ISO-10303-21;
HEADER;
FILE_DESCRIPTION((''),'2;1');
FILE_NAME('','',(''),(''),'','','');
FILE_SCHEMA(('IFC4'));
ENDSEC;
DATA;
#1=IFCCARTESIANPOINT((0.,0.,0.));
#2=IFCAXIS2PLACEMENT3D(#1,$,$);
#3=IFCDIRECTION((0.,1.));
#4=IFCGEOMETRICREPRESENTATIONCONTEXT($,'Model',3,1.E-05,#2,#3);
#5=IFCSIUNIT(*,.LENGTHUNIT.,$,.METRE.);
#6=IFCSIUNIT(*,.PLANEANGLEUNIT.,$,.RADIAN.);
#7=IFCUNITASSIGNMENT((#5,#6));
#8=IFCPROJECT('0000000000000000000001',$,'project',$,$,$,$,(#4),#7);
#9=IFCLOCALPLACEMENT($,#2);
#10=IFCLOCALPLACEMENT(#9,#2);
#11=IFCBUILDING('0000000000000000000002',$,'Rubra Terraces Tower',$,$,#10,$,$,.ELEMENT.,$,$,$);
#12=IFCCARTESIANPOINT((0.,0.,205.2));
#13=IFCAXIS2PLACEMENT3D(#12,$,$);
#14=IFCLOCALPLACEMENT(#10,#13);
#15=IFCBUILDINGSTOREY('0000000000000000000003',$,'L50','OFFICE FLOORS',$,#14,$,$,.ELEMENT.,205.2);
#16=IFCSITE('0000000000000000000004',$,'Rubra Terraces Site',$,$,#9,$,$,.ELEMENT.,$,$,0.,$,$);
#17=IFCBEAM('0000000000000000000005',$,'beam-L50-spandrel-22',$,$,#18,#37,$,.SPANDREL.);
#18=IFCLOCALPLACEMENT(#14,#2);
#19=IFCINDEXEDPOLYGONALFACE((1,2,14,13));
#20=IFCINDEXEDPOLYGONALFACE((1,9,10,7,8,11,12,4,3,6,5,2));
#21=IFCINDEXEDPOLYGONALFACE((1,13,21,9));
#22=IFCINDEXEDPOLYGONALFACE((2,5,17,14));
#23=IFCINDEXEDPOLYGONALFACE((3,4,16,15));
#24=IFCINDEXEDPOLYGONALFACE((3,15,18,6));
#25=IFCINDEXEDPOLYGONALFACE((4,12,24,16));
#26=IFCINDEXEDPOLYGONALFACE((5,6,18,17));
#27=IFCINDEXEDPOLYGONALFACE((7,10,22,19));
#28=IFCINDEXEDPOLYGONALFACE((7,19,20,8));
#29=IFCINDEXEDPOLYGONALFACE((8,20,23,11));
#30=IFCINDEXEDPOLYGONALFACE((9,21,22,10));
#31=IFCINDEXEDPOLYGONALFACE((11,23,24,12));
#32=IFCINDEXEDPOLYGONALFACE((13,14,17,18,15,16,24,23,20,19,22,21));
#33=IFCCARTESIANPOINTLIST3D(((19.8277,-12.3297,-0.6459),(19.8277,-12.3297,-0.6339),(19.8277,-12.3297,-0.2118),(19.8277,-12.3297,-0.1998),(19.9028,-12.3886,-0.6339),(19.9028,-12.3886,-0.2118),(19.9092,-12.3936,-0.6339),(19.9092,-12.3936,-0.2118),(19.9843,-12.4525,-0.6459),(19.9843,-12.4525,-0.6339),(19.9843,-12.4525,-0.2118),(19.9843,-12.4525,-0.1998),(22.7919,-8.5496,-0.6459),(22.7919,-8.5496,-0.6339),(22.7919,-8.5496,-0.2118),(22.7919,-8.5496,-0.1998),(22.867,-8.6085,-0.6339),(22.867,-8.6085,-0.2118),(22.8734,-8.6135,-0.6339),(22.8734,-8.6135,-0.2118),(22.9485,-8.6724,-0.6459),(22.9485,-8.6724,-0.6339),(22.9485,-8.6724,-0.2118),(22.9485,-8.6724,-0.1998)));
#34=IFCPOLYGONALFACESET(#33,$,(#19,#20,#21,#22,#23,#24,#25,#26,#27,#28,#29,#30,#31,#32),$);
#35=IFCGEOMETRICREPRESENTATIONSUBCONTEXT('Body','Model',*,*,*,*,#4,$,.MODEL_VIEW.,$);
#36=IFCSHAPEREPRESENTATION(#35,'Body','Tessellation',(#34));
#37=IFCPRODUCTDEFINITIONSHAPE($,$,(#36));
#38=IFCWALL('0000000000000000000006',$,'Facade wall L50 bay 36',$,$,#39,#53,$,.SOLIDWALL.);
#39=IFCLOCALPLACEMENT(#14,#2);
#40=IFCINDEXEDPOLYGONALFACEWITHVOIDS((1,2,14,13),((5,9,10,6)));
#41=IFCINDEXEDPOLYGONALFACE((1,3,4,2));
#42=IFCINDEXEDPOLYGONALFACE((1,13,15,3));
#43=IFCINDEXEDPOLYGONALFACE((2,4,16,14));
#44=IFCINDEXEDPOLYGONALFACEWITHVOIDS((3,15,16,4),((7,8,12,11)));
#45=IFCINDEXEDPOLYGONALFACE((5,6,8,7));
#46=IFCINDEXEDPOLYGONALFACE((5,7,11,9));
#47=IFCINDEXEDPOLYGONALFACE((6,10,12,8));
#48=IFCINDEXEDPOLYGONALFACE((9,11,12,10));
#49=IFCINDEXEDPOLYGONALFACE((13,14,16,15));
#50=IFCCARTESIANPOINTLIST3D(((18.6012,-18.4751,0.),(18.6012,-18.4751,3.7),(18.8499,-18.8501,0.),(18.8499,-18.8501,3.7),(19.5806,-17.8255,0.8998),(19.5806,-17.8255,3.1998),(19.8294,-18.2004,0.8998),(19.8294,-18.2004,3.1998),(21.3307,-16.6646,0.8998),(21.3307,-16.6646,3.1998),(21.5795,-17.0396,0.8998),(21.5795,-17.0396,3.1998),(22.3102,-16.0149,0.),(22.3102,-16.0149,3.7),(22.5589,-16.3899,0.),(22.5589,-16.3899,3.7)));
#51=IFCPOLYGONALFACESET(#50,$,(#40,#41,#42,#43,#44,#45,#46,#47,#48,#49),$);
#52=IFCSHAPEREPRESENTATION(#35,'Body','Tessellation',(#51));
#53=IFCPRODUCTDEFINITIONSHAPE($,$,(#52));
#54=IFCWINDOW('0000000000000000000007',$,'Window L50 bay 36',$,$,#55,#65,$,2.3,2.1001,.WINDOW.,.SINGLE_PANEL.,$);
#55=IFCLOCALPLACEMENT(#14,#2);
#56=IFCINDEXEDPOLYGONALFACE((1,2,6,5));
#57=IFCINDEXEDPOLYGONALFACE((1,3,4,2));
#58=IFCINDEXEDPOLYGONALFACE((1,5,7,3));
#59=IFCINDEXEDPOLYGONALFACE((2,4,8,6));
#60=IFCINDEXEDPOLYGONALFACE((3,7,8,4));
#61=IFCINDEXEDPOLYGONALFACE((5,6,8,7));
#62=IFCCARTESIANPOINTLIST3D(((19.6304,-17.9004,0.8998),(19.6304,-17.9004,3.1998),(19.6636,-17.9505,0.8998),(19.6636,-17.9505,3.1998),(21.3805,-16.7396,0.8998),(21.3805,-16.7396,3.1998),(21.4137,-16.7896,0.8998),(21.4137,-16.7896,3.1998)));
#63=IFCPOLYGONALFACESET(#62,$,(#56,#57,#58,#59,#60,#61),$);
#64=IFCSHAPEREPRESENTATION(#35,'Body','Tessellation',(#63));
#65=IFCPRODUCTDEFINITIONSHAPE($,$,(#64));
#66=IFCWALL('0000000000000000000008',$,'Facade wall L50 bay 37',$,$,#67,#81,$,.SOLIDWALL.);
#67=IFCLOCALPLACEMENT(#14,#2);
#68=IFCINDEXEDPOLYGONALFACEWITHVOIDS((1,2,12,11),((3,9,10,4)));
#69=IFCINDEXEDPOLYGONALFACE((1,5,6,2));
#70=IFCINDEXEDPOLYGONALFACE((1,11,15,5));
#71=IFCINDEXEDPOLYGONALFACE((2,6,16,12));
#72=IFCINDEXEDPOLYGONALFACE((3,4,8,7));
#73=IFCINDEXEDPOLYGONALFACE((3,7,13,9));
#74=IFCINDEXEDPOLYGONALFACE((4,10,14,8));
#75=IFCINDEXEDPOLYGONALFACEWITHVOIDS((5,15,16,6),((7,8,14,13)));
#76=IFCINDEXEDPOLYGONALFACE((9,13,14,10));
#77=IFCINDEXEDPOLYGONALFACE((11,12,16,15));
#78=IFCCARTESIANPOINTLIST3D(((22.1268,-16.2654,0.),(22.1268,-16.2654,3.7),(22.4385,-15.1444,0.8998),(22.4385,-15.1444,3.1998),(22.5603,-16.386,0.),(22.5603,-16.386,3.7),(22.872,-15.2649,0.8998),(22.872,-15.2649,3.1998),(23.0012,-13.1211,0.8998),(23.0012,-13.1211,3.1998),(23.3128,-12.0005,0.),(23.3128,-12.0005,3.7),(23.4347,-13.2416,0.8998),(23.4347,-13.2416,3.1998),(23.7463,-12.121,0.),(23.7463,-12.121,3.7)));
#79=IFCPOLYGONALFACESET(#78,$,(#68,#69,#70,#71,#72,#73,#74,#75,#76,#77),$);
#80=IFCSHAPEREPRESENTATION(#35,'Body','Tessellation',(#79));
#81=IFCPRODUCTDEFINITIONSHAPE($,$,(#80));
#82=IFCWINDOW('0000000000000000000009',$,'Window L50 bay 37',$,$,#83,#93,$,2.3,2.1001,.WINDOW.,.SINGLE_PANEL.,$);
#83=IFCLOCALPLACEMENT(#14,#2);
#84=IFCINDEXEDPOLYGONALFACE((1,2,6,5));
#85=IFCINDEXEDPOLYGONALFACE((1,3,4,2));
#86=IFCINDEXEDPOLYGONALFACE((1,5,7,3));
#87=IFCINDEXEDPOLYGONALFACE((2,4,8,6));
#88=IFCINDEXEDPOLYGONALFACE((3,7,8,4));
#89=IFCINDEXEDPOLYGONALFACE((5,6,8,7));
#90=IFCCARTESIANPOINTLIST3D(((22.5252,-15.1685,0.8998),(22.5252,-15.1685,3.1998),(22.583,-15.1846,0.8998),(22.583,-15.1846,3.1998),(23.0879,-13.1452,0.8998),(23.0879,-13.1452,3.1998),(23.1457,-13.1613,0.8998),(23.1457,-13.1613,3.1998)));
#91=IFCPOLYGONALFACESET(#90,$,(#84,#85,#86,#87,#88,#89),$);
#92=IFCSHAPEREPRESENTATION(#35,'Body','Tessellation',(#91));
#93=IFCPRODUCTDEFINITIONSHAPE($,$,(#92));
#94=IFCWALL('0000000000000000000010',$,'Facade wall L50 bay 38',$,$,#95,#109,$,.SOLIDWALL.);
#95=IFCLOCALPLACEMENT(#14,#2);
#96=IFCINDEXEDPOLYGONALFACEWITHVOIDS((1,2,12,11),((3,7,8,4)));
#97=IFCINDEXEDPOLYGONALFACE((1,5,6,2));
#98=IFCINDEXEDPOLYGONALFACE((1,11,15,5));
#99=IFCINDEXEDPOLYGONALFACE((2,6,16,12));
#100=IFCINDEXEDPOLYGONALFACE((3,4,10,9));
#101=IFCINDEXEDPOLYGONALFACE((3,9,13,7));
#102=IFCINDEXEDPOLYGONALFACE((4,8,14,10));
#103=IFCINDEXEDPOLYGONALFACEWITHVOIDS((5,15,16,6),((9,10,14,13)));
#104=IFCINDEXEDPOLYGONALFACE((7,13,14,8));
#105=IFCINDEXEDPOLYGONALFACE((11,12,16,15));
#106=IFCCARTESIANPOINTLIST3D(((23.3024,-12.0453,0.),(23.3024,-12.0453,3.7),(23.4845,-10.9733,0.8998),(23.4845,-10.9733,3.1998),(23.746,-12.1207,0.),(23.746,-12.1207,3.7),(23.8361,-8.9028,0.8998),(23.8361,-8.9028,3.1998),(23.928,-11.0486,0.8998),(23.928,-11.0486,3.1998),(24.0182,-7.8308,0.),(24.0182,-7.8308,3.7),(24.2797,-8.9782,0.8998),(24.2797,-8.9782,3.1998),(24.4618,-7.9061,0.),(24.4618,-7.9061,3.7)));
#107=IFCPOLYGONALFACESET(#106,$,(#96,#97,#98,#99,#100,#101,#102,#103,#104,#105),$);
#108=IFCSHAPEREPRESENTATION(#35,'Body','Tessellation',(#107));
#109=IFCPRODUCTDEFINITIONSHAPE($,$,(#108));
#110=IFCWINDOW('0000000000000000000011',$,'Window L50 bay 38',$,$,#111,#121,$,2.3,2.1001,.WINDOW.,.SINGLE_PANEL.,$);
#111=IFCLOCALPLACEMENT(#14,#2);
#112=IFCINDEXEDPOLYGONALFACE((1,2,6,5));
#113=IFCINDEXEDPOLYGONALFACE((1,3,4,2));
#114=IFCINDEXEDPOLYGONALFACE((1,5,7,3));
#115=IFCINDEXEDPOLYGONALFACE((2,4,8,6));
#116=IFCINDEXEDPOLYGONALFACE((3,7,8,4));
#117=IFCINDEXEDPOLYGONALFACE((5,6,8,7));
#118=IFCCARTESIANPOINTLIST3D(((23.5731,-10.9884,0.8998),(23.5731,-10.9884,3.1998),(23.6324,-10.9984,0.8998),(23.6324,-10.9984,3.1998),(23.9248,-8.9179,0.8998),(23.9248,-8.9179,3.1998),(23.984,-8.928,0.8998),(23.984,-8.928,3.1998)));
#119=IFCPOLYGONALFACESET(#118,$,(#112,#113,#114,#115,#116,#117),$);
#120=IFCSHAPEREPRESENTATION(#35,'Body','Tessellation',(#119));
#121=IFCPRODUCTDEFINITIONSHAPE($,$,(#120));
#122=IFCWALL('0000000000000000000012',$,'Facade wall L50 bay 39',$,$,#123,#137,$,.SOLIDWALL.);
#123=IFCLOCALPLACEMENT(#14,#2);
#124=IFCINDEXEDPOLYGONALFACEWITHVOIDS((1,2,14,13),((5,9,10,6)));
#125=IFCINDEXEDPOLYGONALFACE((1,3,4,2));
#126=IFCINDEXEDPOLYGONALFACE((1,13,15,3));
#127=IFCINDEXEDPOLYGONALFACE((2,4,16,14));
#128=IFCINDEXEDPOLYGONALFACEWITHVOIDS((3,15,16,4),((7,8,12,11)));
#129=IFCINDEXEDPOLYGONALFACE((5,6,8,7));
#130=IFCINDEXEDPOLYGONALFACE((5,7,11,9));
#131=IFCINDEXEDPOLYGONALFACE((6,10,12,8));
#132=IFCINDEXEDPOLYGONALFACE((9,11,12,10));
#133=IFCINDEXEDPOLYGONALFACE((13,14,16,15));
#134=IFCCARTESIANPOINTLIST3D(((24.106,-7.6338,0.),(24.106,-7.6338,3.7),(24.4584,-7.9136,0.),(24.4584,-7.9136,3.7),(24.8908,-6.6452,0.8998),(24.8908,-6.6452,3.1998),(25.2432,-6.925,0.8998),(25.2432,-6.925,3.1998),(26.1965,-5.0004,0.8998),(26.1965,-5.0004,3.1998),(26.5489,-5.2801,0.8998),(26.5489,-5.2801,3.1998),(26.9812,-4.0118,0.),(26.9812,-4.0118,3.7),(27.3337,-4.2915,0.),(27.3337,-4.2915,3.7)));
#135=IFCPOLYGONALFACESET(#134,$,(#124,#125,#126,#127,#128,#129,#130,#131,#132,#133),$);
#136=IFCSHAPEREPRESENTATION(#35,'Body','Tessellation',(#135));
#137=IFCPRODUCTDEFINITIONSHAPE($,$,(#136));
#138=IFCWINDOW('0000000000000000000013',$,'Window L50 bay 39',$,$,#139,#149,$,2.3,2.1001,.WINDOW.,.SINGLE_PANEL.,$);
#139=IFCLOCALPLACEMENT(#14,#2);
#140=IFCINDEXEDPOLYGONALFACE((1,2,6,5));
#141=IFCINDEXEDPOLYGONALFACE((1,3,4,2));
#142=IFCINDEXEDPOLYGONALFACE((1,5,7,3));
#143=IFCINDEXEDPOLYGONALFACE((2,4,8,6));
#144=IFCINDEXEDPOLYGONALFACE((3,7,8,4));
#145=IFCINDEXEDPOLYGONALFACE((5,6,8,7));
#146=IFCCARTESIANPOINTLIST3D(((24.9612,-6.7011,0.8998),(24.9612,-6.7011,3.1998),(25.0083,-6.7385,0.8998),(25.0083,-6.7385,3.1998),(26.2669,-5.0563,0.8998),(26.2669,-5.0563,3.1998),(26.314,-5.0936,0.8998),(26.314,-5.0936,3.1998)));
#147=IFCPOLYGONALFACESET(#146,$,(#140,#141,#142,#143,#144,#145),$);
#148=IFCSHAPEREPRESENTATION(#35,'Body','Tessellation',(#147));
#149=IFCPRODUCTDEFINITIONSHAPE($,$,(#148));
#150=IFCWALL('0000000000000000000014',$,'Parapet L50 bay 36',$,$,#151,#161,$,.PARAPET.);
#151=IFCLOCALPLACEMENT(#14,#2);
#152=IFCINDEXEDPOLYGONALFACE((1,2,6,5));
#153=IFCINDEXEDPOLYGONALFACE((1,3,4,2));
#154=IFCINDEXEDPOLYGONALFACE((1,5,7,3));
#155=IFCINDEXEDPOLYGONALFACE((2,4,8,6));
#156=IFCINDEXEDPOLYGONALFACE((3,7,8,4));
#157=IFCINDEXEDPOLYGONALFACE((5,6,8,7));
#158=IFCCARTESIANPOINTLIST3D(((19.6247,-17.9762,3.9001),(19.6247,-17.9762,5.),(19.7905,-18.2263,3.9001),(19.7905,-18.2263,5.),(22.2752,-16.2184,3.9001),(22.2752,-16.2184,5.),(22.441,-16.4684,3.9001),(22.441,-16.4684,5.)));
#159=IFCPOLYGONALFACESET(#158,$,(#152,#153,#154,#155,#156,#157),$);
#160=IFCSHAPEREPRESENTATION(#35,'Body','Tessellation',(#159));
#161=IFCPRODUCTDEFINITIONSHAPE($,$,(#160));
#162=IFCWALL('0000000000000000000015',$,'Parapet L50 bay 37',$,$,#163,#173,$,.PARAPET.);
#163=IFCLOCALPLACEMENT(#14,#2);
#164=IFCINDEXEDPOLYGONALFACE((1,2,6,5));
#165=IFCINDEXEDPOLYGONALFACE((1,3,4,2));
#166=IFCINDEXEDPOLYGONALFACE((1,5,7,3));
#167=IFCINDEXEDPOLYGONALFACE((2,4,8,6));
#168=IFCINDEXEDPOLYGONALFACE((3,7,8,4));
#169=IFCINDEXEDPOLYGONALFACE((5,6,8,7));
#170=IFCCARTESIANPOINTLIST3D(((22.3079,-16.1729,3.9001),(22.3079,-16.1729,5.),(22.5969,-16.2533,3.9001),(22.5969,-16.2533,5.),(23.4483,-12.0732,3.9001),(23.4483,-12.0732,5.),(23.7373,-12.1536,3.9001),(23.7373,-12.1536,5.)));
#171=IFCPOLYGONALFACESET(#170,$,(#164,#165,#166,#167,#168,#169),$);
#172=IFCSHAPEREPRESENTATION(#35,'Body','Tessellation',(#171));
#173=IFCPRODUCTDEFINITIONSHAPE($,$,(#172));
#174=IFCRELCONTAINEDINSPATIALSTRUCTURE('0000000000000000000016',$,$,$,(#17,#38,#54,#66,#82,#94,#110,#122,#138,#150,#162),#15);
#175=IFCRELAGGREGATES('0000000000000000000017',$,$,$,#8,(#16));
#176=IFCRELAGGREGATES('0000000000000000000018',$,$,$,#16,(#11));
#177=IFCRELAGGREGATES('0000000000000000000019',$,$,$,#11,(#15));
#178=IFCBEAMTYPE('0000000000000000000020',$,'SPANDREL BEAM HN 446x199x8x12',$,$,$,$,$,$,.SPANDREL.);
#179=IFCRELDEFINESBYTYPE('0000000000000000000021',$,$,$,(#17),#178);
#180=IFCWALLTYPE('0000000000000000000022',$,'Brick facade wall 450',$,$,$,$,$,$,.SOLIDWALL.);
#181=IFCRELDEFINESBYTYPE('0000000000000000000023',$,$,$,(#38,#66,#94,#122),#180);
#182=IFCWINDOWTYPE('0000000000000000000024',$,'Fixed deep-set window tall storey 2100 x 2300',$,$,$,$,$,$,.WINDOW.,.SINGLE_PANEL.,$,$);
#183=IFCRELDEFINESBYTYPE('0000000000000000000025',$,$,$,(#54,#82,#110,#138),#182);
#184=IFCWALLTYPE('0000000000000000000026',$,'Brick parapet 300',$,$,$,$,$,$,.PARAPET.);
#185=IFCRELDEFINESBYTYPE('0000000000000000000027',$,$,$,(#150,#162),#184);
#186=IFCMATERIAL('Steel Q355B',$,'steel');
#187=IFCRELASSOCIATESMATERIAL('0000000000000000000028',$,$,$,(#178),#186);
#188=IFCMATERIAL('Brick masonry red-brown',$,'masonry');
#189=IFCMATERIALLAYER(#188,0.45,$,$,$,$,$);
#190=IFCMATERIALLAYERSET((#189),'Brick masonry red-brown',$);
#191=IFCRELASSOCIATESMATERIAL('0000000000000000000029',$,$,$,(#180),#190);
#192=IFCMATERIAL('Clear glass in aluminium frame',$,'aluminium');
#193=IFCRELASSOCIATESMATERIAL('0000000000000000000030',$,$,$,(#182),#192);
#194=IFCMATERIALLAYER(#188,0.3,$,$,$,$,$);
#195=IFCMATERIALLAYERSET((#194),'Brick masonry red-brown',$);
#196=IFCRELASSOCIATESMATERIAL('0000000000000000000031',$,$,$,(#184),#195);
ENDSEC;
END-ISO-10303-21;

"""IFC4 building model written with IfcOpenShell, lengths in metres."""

from ifc_helpers import new_model, si_unit, direction, frame, frame_2d, origin, origin_2d, place, context, subcontext, project, spatial, rectangle, i_section, extrude, material, layer, layer_set, material_profile, profile_set, type_object, element, fill, save


model = new_model("IFC4")

# Units and contexts
model_context = context("Model", 3, precision=1e-05, world=origin(), true_north=direction((0.0, 1.0)))
body_context = subcontext(model_context, "Body", "Model", "MODEL_VIEW")
ifc_project = project(units=[si_unit("LENGTHUNIT", "METRE"), si_unit("PLANEANGLEUNIT", "RADIAN")], contexts=[model_context])

# Site, building, storey
site_placement = place(None, origin())
site = spatial("IfcSite", under=ifc_project, at=site_placement, Name="Rubra Terraces Site", CompositionType="ELEMENT", RefElevation=0.0)
building_placement = place(site_placement, origin())
building = spatial("IfcBuilding", under=site, at=building_placement, Name="Rubra Terraces Tower", CompositionType="ELEMENT")
storey_placement = place(building_placement, frame((0.0, 0.0, 205.2)))
storey = spatial("IfcBuildingStorey", under=building, at=storey_placement, Name="L50", Description="OFFICE FLOORS", CompositionType="ELEMENT", Elevation=205.2)

# Beam
ifc_material_1 = material(Name="Steel Q355B", Category="steel")
ifc_material_profile_1 = material_profile(ifc_material_1, i_section(OverallWidth=0.199, OverallDepth=0.446, WebThickness=0.0081, FlangeThickness=0.012, at=origin_2d()), Name="HN 446x199x8x12")
ifc_profile_set_1 = profile_set([ifc_material_profile_1], Name="Steel Q355B")
beam_type_1 = type_object("IfcBeamType", Name="SPANDREL BEAM HN 446x199x8x12", PredefinedType="SPANDREL", material=ifc_profile_set_1)
beam_1_placement = place(storey_placement, frame((19.906, -12.3911, -0.4229), z_axis=(0.61706, 0.786916, 0.0), x_axis=(-0.786916, 0.61706, 0.0)))
element("IfcBeam", 1, at=beam_1_placement, inside=storey, type_object=beam_type_1, Name="beam-L50-spandrel-22", PredefinedType="SPANDREL", context=body_context, shape_type="SweptSolid", body=[
    extrude(i_section(OverallWidth=0.199, OverallDepth=0.446, WebThickness=0.0081, FlangeThickness=0.012, at=origin_2d()), origin(), (0.0, 0.0, 1.0), 4.8037),
])

# Walls, openings, windows
ifc_material_2 = material(Name="Brick masonry red-brown", Category="masonry")
ifc_layer_1 = layer(ifc_material_2, 0.45)
ifc_layer_set_1 = layer_set([ifc_layer_1], Name="Brick masonry red-brown")
wall_type_1 = type_object("IfcWallType", Name="Brick facade wall 450", PredefinedType="SOLIDWALL", material=ifc_layer_set_1)
wall_1_placement = place(storey_placement, frame((18.7256, -18.6626, 0.0), z_axis=(0.0, 0.0, 1.0), x_axis=(0.833339, 0.552762, 0.0)))
wall_1 = element("IfcWall", 2, at=wall_1_placement, inside=storey, type_object=wall_type_1, Name="Facade wall L50 bay 36", PredefinedType="SOLIDWALL", context=body_context, shape_type="SweptSolid", body=[
    extrude(rectangle(XDim=4.4507, YDim=0.45, at=frame_2d((2.2253, 0.0))), origin(), (0.0, 0.0, 1.0), 3.7),
])
opening_1_placement = place(wall_1_placement, frame((1.1753, 0.0, 0.8999)))
opening_1 = element("IfcOpeningElement", 3, at=opening_1_placement, cuts=wall_1, PredefinedType="OPENING", context=body_context, shape_type="SweptSolid", body=[
    extrude(rectangle(XDim=2.1001, YDim=2.3, at=frame_2d((1.05, 1.1499))), frame((0.0, 0.2349, 0.0), z_axis=(0.0, -1.0, 0.0), x_axis=(1.0, 0.0, 0.0)), (0.0, 0.0, 1.0), 0.47),
])
ifc_material_3 = material(Name="Clear glass in aluminium frame", Category="aluminium")
window_type = type_object("IfcWindowType", Name="Fixed deep-set window tall storey 2100 x 2300", PartitioningType="SINGLE_PANEL", PredefinedType="WINDOW", material=ifc_material_3)
window_1_placement = place(opening_1_placement, origin())
window_1 = element("IfcWindow", 4, at=window_1_placement, inside=storey, type_object=window_type, Name="Window L50 bay 36", OverallHeight=2.3, OverallWidth=2.1001, PartitioningType="SINGLE_PANEL", PredefinedType="WINDOW", context=body_context, shape_type="SweptSolid", body=[
    extrude(rectangle(XDim=2.1001, YDim=2.3, at=frame_2d((1.05, 1.1499))), frame((0.0, 0.135, 0.0), z_axis=(0.0, -1.0, 0.0), x_axis=(1.0, 0.0, 0.0)), (0.0, 0.0, 1.0), 0.0601),
])
fill(opening_1, window_1)
wall_2_placement = place(storey_placement, frame((22.3435, -16.3257, 0.0), z_axis=(0.0, 0.0, 1.0), x_axis=(0.267925, 0.96344, 0.0)))
wall_2 = element("IfcWall", 5, at=wall_2_placement, inside=storey, type_object=wall_type_1, Name="Facade wall L50 bay 37", PredefinedType="SOLIDWALL", context=body_context, shape_type="SweptSolid", body=[
    extrude(rectangle(XDim=4.4268, YDim=0.45, at=frame_2d((2.2134, 0.0))), origin(), (0.0, 0.0, 1.0), 3.7),
])
opening_2_placement = place(wall_2_placement, frame((1.1636, 0.0, 0.8999)))
opening_2 = element("IfcOpeningElement", 6, at=opening_2_placement, cuts=wall_2, PredefinedType="OPENING", context=body_context, shape_type="SweptSolid", body=[
    extrude(rectangle(XDim=2.1001, YDim=2.3, at=frame_2d((1.05, 1.1499))), frame((0.0, 0.2349, 0.0), z_axis=(0.0, -1.0, 0.0), x_axis=(1.0, 0.0, 0.0)), (0.0, 0.0, 1.0), 0.47),
])
window_2_placement = place(opening_2_placement, origin())
window_2 = element("IfcWindow", 7, at=window_2_placement, inside=storey, type_object=window_type, Name="Window L50 bay 37", OverallHeight=2.3, OverallWidth=2.1001, PartitioningType="SINGLE_PANEL", PredefinedType="WINDOW", context=body_context, shape_type="SweptSolid", body=[
    extrude(rectangle(XDim=2.1001, YDim=2.3, at=frame_2d((1.05, 1.1499))), frame((0.0, 0.135, 0.0), z_axis=(0.0, -1.0, 0.0), x_axis=(1.0, 0.0, 0.0)), (0.0, 0.0, 1.0), 0.0601),
])
fill(opening_2, window_2)
wall_3_placement = place(storey_placement, frame((23.5242, -12.083, 0.0), z_axis=(0.0, 0.0, 1.0), x_axis=(0.167445, 0.985881, 0.0)))
wall_3 = element("IfcWall", 8, at=wall_3_placement, inside=storey, type_object=wall_type_1, Name="Facade wall L50 bay 38", PredefinedType="SOLIDWALL", context=body_context, shape_type="SweptSolid", body=[
    extrude(rectangle(XDim=4.2749, YDim=0.45, at=frame_2d((2.1375, 0.0))), origin(), (0.0, 0.0, 1.0), 3.7),
])
opening_3_placement = place(wall_3_placement, frame((1.0874, 0.0, 0.8999)))
opening_3 = element("IfcOpeningElement", 9, at=opening_3_placement, cuts=wall_3, PredefinedType="OPENING", context=body_context, shape_type="SweptSolid", body=[
    extrude(rectangle(XDim=2.1001, YDim=2.3, at=frame_2d((1.05, 1.1499))), frame((0.0, 0.2349, 0.0), z_axis=(0.0, -1.0, 0.0), x_axis=(1.0, 0.0, 0.0)), (0.0, 0.0, 1.0), 0.47),
])
window_3_placement = place(opening_3_placement, origin())
window_3 = element("IfcWindow", 10, at=window_3_placement, inside=storey, type_object=window_type, Name="Window L50 bay 38", OverallHeight=2.3, OverallWidth=2.1001, PartitioningType="SINGLE_PANEL", PredefinedType="WINDOW", context=body_context, shape_type="SweptSolid", body=[
    extrude(rectangle(XDim=2.1001, YDim=2.3, at=frame_2d((1.05, 1.1499))), frame((0.0, 0.135, 0.0), z_axis=(0.0, -1.0, 0.0), x_axis=(1.0, 0.0, 0.0)), (0.0, 0.0, 1.0), 0.0601),
])
fill(opening_3, window_3)
wall_4_placement = place(storey_placement, frame((24.2822, -7.7737, 0.0), z_axis=(0.0, 0.0, 1.0), x_axis=(0.621735, 0.783227, 0.0)))
wall_4 = element("IfcWall", 11, at=wall_4_placement, inside=storey, type_object=wall_type_1, Name="Facade wall L50 bay 39", PredefinedType="SOLIDWALL", context=body_context, shape_type="SweptSolid", body=[
    extrude(rectangle(XDim=4.6245, YDim=0.45, at=frame_2d((2.3123, 0.0))), origin(), (0.0, 0.0, 1.0), 3.7),
])
opening_4_placement = place(wall_4_placement, frame((1.2622, 0.0, 0.8999)))
opening_4 = element("IfcOpeningElement", 12, at=opening_4_placement, cuts=wall_4, PredefinedType="OPENING", context=body_context, shape_type="SweptSolid", body=[
    extrude(rectangle(XDim=2.1001, YDim=2.3, at=frame_2d((1.05, 1.1499))), frame((0.0, 0.2349, 0.0), z_axis=(0.0, -1.0, 0.0), x_axis=(1.0, 0.0, 0.0)), (0.0, 0.0, 1.0), 0.47),
])
window_4_placement = place(opening_4_placement, origin())
window_4 = element("IfcWindow", 13, at=window_4_placement, inside=storey, type_object=window_type, Name="Window L50 bay 39", OverallHeight=2.3, OverallWidth=2.1001, PartitioningType="SINGLE_PANEL", PredefinedType="WINDOW", context=body_context, shape_type="SweptSolid", body=[
    extrude(rectangle(XDim=2.1001, YDim=2.3, at=frame_2d((1.05, 1.1499))), frame((0.0, 0.135, 0.0), z_axis=(0.0, -1.0, 0.0), x_axis=(1.0, 0.0, 0.0)), (0.0, 0.0, 1.0), 0.0601),
])
fill(opening_4, window_4)

# Walls
ifc_layer_2 = layer(ifc_material_2, 0.3)
ifc_layer_set_2 = layer_set([ifc_layer_2], Name="Brick masonry red-brown")
wall_type_2 = type_object("IfcWallType", Name="Brick parapet 300", PredefinedType="PARAPET", material=ifc_layer_set_2)
wall_5_placement = place(storey_placement, frame((19.7075, -18.1013, 3.9001), z_axis=(0.0, 0.0, 1.0), x_axis=(0.833371, 0.552715, 0.0)))
element("IfcWall", 14, at=wall_5_placement, inside=storey, type_object=wall_type_2, Name="Parapet L50 bay 36", PredefinedType="PARAPET", context=body_context, shape_type="SweptSolid", body=[
    extrude(rectangle(XDim=3.1804, YDim=0.3, at=frame_2d((1.5903, 0.0))), origin(), (0.0, 0.0, 1.0), 1.0999),
])
wall_6_placement = place(storey_placement, frame((22.4524, -16.2131, 3.9001), z_axis=(0.0, 0.0, 1.0), x_axis=(0.267993, 0.963421, 0.0)))
element("IfcWall", 15, at=wall_6_placement, inside=storey, type_object=wall_type_2, Name="Parapet L50 bay 37", PredefinedType="PARAPET", context=body_context, shape_type="SweptSolid", body=[
    extrude(rectangle(XDim=4.2554, YDim=0.3, at=frame_2d((2.1277, 0.0))), origin(), (0.0, 0.0, 1.0), 1.0999),
])

save(model, "model.ifc")
